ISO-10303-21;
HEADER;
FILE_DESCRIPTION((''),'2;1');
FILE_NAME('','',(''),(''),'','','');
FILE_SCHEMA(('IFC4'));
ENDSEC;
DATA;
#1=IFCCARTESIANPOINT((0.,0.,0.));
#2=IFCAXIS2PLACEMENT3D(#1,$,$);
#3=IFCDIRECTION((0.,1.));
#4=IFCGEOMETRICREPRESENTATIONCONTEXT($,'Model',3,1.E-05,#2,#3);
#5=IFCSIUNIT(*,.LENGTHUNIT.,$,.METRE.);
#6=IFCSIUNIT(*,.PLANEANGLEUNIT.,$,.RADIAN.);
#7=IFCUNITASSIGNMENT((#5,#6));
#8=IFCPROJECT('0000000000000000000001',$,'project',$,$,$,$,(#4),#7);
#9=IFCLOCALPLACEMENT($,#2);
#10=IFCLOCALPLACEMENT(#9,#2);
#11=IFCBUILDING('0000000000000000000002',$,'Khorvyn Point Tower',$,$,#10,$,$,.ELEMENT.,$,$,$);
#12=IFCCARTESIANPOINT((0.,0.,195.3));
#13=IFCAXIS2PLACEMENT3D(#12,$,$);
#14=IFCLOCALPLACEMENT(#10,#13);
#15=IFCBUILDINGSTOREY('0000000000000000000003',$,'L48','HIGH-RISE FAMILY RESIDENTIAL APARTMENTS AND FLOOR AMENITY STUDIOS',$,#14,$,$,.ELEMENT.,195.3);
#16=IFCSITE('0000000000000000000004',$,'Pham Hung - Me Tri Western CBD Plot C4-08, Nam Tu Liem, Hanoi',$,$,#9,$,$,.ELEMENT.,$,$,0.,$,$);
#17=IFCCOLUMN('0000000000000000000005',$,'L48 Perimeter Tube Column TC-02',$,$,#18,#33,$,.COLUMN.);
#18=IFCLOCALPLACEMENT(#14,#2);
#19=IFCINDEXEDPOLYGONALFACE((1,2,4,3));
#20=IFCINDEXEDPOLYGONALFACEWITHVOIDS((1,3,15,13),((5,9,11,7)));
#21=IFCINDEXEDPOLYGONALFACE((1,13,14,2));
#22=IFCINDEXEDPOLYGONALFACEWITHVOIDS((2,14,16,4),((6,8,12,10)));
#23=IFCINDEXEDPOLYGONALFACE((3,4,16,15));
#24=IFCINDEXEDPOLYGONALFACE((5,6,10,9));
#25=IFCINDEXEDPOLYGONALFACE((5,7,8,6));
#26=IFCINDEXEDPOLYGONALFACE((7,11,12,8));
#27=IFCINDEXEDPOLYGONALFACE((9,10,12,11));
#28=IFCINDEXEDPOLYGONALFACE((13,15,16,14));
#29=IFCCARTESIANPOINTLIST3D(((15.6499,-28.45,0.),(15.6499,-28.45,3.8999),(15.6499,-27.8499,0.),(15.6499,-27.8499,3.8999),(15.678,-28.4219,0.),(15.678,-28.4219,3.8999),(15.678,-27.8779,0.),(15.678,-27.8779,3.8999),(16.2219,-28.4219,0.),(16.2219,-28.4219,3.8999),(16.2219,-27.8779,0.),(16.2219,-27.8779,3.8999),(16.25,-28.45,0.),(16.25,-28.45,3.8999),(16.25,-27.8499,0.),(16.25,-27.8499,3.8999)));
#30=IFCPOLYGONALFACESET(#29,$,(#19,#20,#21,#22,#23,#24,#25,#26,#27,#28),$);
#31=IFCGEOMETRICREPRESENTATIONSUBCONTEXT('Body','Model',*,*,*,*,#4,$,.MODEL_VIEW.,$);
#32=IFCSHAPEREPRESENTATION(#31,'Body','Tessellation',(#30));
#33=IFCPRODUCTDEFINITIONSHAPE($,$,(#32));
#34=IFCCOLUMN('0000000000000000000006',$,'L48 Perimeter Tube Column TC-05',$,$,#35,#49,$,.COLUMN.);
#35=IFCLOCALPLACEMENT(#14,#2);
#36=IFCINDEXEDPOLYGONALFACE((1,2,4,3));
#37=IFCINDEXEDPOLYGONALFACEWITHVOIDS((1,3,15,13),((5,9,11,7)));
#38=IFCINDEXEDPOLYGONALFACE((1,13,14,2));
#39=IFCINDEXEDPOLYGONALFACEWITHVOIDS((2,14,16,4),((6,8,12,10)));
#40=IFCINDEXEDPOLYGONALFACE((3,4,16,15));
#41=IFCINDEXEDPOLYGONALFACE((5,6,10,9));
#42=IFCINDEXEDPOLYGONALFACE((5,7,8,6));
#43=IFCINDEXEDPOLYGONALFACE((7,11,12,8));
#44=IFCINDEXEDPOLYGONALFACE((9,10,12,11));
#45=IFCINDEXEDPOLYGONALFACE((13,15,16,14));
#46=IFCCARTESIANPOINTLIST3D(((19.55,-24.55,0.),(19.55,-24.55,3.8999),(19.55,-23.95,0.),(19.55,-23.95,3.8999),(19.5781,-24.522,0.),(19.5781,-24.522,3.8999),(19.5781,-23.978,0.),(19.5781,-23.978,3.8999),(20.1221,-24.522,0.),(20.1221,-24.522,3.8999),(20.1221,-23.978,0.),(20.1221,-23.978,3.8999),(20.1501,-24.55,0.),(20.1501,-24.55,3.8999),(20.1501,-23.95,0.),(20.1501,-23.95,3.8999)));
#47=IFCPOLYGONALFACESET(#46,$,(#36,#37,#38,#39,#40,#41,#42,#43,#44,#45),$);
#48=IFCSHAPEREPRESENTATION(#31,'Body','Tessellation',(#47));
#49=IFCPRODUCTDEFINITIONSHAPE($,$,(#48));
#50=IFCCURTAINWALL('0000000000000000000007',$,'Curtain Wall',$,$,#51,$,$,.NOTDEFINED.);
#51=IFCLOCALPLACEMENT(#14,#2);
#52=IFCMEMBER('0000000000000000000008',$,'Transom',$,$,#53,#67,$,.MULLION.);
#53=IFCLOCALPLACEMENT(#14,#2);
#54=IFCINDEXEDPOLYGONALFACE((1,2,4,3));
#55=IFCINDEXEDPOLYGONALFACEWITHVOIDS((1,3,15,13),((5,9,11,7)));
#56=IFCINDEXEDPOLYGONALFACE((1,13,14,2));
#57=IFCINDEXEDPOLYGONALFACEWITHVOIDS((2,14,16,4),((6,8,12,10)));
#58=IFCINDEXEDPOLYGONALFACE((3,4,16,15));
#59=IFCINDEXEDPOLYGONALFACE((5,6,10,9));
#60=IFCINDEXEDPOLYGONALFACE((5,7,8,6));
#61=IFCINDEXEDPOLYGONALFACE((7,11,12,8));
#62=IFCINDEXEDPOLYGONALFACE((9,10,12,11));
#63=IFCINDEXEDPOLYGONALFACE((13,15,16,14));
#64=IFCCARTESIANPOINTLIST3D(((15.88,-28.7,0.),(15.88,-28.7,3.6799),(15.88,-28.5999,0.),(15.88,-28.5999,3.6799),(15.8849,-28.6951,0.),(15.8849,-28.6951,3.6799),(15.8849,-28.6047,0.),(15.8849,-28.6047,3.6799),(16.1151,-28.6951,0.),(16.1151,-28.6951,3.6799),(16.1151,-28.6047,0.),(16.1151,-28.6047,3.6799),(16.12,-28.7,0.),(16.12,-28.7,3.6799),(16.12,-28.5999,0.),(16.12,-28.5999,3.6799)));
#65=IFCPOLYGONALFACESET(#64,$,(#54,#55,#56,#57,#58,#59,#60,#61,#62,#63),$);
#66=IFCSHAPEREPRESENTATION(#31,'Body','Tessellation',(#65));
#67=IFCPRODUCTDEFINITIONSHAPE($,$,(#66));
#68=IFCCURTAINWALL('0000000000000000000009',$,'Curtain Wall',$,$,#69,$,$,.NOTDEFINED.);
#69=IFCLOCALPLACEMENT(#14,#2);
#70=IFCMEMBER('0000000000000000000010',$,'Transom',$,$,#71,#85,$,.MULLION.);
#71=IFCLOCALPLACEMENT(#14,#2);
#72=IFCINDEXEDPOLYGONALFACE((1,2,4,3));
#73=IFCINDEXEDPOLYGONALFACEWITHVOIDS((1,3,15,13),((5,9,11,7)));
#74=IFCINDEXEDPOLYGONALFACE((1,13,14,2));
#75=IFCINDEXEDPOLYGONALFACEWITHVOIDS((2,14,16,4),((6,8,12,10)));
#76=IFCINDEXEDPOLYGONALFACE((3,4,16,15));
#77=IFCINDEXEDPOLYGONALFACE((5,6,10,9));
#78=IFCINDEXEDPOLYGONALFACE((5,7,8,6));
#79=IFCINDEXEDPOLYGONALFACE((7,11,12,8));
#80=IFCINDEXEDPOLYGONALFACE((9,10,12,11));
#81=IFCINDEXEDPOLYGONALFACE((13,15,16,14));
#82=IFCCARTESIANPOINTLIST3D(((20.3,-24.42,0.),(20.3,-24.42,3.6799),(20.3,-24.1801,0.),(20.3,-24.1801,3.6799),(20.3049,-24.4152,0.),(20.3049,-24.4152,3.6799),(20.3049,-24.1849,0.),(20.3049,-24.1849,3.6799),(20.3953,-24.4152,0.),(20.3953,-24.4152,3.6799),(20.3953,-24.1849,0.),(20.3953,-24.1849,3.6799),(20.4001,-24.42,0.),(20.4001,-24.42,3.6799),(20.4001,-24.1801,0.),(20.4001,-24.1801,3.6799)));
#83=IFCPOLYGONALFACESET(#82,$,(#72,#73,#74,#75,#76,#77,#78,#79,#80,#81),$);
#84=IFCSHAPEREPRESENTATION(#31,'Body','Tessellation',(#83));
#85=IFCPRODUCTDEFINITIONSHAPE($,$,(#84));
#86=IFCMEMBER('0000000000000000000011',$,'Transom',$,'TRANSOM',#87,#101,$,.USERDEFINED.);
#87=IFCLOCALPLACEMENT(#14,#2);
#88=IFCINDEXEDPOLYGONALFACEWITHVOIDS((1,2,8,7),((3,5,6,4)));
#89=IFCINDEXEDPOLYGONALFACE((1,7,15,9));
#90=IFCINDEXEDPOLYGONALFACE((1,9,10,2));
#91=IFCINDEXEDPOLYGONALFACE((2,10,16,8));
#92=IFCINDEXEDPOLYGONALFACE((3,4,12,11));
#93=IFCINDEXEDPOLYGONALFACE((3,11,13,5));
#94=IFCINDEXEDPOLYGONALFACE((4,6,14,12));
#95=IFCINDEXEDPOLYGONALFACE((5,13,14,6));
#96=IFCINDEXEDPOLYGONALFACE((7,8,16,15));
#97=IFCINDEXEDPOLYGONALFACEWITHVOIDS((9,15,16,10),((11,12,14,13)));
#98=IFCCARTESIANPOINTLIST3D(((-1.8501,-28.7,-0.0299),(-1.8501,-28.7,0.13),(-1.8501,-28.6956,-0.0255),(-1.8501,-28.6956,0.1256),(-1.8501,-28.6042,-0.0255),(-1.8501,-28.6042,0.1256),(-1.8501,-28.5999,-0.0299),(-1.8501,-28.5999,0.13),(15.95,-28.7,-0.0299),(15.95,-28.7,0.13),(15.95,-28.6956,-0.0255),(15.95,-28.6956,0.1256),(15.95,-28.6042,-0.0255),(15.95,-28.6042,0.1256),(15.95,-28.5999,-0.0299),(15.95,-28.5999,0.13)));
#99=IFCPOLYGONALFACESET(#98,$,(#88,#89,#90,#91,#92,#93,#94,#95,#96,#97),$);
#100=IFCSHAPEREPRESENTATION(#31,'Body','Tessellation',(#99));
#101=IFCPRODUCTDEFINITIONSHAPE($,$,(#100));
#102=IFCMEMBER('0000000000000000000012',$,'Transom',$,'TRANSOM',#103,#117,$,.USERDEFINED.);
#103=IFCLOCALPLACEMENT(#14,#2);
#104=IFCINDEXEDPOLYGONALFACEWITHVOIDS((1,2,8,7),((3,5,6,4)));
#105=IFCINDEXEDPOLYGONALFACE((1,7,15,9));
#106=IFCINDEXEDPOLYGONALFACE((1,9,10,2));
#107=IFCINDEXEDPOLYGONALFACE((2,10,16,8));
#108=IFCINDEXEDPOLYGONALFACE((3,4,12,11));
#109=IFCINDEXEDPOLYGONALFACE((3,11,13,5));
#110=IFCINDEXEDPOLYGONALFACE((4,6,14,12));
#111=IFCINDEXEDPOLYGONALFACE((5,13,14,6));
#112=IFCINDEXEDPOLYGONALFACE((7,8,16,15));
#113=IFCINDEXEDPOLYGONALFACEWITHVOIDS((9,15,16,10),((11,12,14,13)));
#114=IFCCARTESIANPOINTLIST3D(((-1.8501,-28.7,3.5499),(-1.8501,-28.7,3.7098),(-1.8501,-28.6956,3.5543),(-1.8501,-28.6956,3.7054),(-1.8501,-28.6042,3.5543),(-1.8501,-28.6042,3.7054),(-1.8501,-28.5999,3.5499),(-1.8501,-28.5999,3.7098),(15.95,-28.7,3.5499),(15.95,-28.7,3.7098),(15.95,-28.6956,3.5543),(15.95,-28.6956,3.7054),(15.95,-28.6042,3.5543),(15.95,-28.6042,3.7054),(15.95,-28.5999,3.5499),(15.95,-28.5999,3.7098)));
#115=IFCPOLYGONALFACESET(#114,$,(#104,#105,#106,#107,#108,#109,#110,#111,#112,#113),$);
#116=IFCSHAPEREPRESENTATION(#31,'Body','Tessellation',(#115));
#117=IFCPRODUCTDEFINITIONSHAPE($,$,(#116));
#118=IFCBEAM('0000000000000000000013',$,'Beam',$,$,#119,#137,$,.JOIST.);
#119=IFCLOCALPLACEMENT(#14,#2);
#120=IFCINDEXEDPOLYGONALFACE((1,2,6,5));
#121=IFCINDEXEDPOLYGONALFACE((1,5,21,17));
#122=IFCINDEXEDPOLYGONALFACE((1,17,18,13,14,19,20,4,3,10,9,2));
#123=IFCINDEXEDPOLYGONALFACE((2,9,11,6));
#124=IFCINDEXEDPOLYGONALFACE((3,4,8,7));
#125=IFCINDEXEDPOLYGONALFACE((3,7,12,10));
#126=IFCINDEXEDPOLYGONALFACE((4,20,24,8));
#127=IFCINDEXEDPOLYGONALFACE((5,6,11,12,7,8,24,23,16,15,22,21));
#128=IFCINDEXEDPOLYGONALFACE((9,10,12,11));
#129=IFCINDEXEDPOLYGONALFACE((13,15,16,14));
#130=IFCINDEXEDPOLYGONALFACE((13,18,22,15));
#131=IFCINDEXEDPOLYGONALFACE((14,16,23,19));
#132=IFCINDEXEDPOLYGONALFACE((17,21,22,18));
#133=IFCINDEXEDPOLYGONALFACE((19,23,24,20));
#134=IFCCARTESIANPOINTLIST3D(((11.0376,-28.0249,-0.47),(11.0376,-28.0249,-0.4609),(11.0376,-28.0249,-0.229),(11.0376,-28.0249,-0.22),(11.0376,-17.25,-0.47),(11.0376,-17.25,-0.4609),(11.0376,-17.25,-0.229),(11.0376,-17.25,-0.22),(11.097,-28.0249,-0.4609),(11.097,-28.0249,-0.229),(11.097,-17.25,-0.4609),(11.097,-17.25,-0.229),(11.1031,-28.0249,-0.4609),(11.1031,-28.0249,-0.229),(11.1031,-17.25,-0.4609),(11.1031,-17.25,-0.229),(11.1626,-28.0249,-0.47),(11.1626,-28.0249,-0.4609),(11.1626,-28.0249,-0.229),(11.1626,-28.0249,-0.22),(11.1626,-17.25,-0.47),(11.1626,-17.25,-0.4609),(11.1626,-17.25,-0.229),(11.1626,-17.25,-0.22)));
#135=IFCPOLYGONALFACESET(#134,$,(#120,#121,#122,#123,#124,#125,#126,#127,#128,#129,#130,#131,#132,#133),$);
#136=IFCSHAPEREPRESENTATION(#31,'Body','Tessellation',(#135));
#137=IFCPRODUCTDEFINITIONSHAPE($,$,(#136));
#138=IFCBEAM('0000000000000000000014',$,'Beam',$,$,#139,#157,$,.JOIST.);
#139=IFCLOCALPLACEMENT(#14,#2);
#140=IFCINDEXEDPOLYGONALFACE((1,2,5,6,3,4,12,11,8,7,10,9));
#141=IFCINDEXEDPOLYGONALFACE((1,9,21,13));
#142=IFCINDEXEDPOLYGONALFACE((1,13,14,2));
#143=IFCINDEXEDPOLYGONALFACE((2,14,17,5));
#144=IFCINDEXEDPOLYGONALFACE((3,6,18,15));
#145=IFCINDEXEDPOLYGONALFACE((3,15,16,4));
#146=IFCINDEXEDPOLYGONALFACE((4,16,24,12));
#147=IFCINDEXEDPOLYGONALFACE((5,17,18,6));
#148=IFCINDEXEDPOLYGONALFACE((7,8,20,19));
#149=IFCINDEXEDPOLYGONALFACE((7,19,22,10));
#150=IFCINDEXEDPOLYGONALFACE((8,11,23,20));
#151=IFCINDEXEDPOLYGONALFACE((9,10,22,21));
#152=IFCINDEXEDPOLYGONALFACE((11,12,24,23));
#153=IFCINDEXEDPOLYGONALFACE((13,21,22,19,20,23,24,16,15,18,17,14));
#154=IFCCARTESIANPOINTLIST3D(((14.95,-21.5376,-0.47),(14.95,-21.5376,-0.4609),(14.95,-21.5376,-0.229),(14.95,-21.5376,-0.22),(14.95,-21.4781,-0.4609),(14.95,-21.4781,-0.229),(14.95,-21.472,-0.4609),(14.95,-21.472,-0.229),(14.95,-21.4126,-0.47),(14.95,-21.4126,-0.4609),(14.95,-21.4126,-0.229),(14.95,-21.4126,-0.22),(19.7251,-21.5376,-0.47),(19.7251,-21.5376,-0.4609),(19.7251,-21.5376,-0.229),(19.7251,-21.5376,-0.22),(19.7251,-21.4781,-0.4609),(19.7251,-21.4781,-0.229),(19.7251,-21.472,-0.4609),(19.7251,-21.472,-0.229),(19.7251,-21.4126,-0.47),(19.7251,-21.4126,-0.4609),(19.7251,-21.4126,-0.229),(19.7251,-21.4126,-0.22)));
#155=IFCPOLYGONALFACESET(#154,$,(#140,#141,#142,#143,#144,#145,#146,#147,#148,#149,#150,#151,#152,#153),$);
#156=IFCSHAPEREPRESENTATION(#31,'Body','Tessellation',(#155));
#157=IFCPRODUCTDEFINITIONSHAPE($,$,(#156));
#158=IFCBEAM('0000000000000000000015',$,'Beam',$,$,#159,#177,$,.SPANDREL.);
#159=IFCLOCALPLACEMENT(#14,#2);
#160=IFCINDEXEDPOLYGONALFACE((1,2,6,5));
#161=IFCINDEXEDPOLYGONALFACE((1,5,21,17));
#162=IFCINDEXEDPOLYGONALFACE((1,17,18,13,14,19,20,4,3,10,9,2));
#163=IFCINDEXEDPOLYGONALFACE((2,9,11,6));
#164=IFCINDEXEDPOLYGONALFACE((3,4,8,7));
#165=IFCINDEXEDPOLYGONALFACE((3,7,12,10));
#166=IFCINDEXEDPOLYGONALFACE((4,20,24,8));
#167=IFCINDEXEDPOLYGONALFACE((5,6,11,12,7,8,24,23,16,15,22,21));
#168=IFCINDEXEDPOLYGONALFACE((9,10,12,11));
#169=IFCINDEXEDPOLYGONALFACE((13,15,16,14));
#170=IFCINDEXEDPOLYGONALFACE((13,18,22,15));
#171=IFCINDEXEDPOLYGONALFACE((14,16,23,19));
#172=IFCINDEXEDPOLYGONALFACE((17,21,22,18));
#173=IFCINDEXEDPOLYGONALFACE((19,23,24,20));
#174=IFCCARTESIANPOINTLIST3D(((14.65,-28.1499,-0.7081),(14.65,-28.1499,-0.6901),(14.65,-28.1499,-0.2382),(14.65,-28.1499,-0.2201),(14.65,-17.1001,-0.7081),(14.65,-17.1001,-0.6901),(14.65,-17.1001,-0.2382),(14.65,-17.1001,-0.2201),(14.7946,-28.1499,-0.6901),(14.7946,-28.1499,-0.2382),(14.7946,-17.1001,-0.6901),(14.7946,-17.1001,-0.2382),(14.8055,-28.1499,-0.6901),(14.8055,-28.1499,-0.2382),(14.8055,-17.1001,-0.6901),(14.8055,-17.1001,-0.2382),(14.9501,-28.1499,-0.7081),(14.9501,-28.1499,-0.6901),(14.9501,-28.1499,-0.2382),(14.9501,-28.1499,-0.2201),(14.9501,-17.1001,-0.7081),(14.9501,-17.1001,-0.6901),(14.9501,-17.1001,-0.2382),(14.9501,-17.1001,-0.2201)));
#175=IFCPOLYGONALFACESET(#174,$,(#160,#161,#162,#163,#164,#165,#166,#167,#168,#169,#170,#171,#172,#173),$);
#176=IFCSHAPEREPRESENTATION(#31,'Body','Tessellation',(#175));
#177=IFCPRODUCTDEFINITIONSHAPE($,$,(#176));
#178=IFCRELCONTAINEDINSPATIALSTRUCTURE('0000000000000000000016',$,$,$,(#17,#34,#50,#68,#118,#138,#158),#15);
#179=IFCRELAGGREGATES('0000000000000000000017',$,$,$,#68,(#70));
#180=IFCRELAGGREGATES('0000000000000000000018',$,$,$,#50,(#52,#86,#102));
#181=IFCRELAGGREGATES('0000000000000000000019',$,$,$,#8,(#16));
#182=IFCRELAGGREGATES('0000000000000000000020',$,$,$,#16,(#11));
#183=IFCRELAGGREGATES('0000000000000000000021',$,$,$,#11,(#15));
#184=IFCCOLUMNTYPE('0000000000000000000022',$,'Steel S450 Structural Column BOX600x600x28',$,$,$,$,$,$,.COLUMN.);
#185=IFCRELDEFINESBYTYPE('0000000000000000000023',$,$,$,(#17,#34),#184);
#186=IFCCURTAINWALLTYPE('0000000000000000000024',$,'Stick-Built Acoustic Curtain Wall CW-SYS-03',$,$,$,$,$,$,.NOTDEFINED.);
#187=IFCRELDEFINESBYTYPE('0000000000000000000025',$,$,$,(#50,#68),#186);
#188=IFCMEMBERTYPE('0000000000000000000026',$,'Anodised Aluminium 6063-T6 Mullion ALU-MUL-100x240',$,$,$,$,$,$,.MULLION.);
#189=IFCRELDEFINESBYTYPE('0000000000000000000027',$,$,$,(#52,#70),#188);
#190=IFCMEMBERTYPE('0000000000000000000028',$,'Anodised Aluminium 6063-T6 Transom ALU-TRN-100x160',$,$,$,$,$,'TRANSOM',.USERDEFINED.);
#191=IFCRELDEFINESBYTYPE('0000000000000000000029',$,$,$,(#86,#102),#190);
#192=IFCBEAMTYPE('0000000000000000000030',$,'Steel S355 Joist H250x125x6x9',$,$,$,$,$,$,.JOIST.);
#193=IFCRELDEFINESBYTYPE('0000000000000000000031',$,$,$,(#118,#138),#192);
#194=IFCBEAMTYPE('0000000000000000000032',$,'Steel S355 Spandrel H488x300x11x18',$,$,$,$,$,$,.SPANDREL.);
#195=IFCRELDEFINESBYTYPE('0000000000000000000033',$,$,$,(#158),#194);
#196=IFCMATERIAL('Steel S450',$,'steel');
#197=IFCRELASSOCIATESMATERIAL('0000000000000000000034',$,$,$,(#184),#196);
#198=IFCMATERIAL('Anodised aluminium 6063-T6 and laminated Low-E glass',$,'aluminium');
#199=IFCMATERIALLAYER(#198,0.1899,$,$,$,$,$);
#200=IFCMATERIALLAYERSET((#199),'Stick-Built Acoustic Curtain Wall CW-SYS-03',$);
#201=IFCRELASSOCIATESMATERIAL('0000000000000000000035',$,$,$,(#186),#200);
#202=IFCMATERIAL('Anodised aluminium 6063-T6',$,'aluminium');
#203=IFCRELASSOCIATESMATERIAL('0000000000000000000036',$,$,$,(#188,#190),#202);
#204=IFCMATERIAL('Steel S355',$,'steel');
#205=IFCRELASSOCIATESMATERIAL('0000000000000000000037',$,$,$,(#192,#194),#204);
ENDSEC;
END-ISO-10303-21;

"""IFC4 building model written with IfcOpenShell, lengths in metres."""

from ifc_helpers import new_model, si_unit, direction, frame, origin, origin_2d, place, context, subcontext, project, spatial, hollow_rectangle, i_section, extrude, material, layer, layer_set, material_profile, profile_set, type_object, element, aggregate, save


model = new_model("IFC4")

# Units and contexts
model_context = context("Model", 3, precision=1e-05, world=origin(), true_north=direction((0.0, 1.0)))
body_context = subcontext(model_context, "Body", "Model", "MODEL_VIEW")
ifc_project = project(units=[si_unit("LENGTHUNIT", "METRE"), si_unit("PLANEANGLEUNIT", "RADIAN")], contexts=[model_context])

# Site, building, storey
site_placement = place(None, origin())
site = spatial("IfcSite", under=ifc_project, at=site_placement, Name="Pham Hung - Me Tri Western CBD Plot C4-08, Nam Tu Liem, Hanoi", CompositionType="ELEMENT", RefElevation=0.0)
building_placement = place(site_placement, origin())
building = spatial("IfcBuilding", under=site, at=building_placement, Name="Khorvyn Point Tower", CompositionType="ELEMENT")
storey_placement = place(building_placement, frame((0.0, 0.0, 195.3)))
storey = spatial("IfcBuildingStorey", under=building, at=storey_placement, Name="L48", Description="HIGH-RISE FAMILY RESIDENTIAL APARTMENTS AND FLOOR AMENITY STUDIOS", CompositionType="ELEMENT", Elevation=195.3)

# Columns
ifc_material_1 = material(Name="Steel S450", Category="steel")
ifc_material_profile_1 = material_profile(ifc_material_1, hollow_rectangle(XDim=0.6001, YDim=0.6001, WallThickness=0.0281, at=origin_2d()))
ifc_profile_set_1 = profile_set([ifc_material_profile_1], Name="Steel S450 BOX600x600x28")
column_type = type_object("IfcColumnType", Name="Steel S450 Structural Column BOX600x600x28", PredefinedType="COLUMN", material=ifc_profile_set_1)
for number, where, z_axis, x_axis, name in (
    (1, (15.95, -28.1499, 0.0), (0.0, 0.0, 1.0), (1.0, 0.0, 0.0), "L48 Perimeter Tube Column TC-02"),
    (2, (19.8501, -24.25, 0.0), (0.0, 0.0, 1.0), (1.0, 0.0, 0.0), "L48 Perimeter Tube Column TC-05"),
):
    element("IfcColumn", number, at=place(storey_placement, frame(where, z_axis=z_axis, x_axis=x_axis)), inside=storey, type_object=column_type, Name=name, PredefinedType="COLUMN", context=body_context, shape_type="SweptSolid", body=[
        extrude(hollow_rectangle(XDim=0.6001, YDim=0.6001, WallThickness=0.0281, at=origin_2d()), origin(), (0.0, 0.0, 1.0), 3.8999),
    ])

# Curtain walls, members
ifc_material_2 = material(Name="Anodised aluminium 6063-T6 and laminated Low-E glass", Category="aluminium")
ifc_layer_1 = layer(ifc_material_2, 0.1899)
ifc_layer_set_1 = layer_set([ifc_layer_1], Name="Stick-Built Acoustic Curtain Wall CW-SYS-03")
curtain_wall_type = type_object("IfcCurtainWallType", Name="Stick-Built Acoustic Curtain Wall CW-SYS-03", PredefinedType="NOTDEFINED", material=ifc_layer_set_1)
curtain_wall_1_placement = place(storey_placement, origin())
curtain_wall_1 = element("IfcCurtainWall", 3, at=curtain_wall_1_placement, inside=storey, type_object=curtain_wall_type, Name="Curtain Wall", PredefinedType="NOTDEFINED")
ifc_material_3 = material(Name="Anodised aluminium 6063-T6", Category="aluminium")
ifc_material_profile_2 = material_profile(ifc_material_3, hollow_rectangle(XDim=0.1001, YDim=0.24, WallThickness=0.0049, at=origin_2d()))
ifc_profile_set_2 = profile_set([ifc_material_profile_2], Name="Anodised aluminium 6063-T6 ALU-MUL-100x240")
member_type_1 = type_object("IfcMemberType", Name="Anodised Aluminium 6063-T6 Mullion ALU-MUL-100x240", PredefinedType="MULLION", material=ifc_profile_set_2)
member_1_placement = place(storey_placement, frame((16.0, -28.6499, 0.0), z_axis=(0.0, 0.0, 1.0), x_axis=(0.0, -1.0, 0.0)))
member_1 = element("IfcMember", 4, at=member_1_placement, type_object=member_type_1, Name="Transom", PredefinedType="MULLION", context=body_context, shape_type="SweptSolid", body=[
    extrude(hollow_rectangle(XDim=0.1001, YDim=0.24, WallThickness=0.0049, at=origin_2d()), origin(), (0.0, 0.0, 1.0), 3.6799),
])
curtain_wall_2_placement = place(storey_placement, origin())
curtain_wall_2 = element("IfcCurtainWall", 5, at=curtain_wall_2_placement, inside=storey, type_object=curtain_wall_type, Name="Curtain Wall", PredefinedType="NOTDEFINED")
member_2_placement = place(storey_placement, frame((20.3501, -24.3, 0.0), z_axis=(0.0, 0.0, 1.0), x_axis=(1.0, 0.0, 0.0)))
member_2 = element("IfcMember", 6, at=member_2_placement, type_object=member_type_1, Name="Transom", PredefinedType="MULLION", context=body_context, shape_type="SweptSolid", body=[
    extrude(hollow_rectangle(XDim=0.1001, YDim=0.24, WallThickness=0.0049, at=origin_2d()), origin(), (0.0, 0.0, 1.0), 3.6799),
])
aggregate(curtain_wall_2, [member_2])

# Members
ifc_material_profile_3 = material_profile(ifc_material_3, hollow_rectangle(XDim=0.1001, YDim=0.1599, WallThickness=0.0044, at=origin_2d()))
ifc_profile_set_3 = profile_set([ifc_material_profile_3], Name="Anodised aluminium 6063-T6 ALU-TRN-100x160")
member_type_2 = type_object("IfcMemberType", Name="Anodised Aluminium 6063-T6 Transom ALU-TRN-100x160", ElementType="TRANSOM", PredefinedType="USERDEFINED", material=ifc_profile_set_3)
member_3_placement = place(storey_placement, frame((15.95, -28.6499, 0.05), z_axis=(-1.0, 0.0, 0.0), x_axis=(0.0, -1.0, 0.0)))
member_3 = element("IfcMember", 7, at=member_3_placement, type_object=member_type_2, Name="Transom", ObjectType="TRANSOM", PredefinedType="USERDEFINED", context=body_context, shape_type="SweptSolid", body=[
    extrude(hollow_rectangle(XDim=0.1001, YDim=0.1599, WallThickness=0.0044, at=origin_2d()), origin(), (0.0, 0.0, 1.0), 17.8),
])
member_4_placement = place(storey_placement, frame((15.95, -28.6499, 3.6299), z_axis=(-1.0, 0.0, 0.0), x_axis=(0.0, -1.0, 0.0)))
member_4 = element("IfcMember", 8, at=member_4_placement, type_object=member_type_2, Name="Transom", ObjectType="TRANSOM", PredefinedType="USERDEFINED", context=body_context, shape_type="SweptSolid", body=[
    extrude(hollow_rectangle(XDim=0.1001, YDim=0.1599, WallThickness=0.0044, at=origin_2d()), origin(), (0.0, 0.0, 1.0), 17.8),
])

# Beams
ifc_material_4 = material(Name="Steel S355", Category="steel")
ifc_material_profile_4 = material_profile(ifc_material_4, i_section(OverallWidth=0.125, OverallDepth=0.25, WebThickness=0.0061, FlangeThickness=0.009, at=origin_2d()))
ifc_profile_set_4 = profile_set([ifc_material_profile_4], Name="Steel S355 H250x125x6x9")
beam_type_1 = type_object("IfcBeamType", Name="Steel S355 Joist H250x125x6x9", PredefinedType="JOIST", material=ifc_profile_set_4)
beam_1_placement = place(storey_placement, frame((11.1001, -28.0249, -0.345), z_axis=(0.0, 1.0, 0.0), x_axis=(-1.0, 0.0, 0.0)))
element("IfcBeam", 9, at=beam_1_placement, inside=storey, type_object=beam_type_1, Name="Beam", PredefinedType="JOIST", context=body_context, shape_type="SweptSolid", body=[
    extrude(i_section(OverallWidth=0.125, OverallDepth=0.25, WebThickness=0.0061, FlangeThickness=0.009, at=origin_2d()), origin(), (0.0, 0.0, 1.0), 10.7749),
])
beam_2_placement = place(storey_placement, frame((14.95, -21.4751, -0.345), z_axis=(1.0, 0.0, 0.0), x_axis=(0.0, 1.0, 0.0)))
element("IfcBeam", 10, at=beam_2_placement, inside=storey, type_object=beam_type_1, Name="Beam", PredefinedType="JOIST", context=body_context, shape_type="SweptSolid", body=[
    extrude(i_section(OverallWidth=0.125, OverallDepth=0.25, WebThickness=0.0061, FlangeThickness=0.009, at=origin_2d()), origin(), (0.0, 0.0, 1.0), 4.7751),
])
ifc_material_profile_5 = material_profile(ifc_material_4, i_section(OverallWidth=0.3, OverallDepth=0.488, WebThickness=0.011, FlangeThickness=0.0181, at=origin_2d()))
ifc_profile_set_5 = profile_set([ifc_material_profile_5], Name="Steel S355 H488x300x11x18")
beam_type_2 = type_object("IfcBeamType", Name="Steel S355 Spandrel H488x300x11x18", PredefinedType="SPANDREL", material=ifc_profile_set_5)
beam_3_placement = place(storey_placement, frame((14.8, -28.1499, -0.4641), z_axis=(0.0, 1.0, 0.0), x_axis=(-1.0, 0.0, 0.0)))
element("IfcBeam", 11, at=beam_3_placement, inside=storey, type_object=beam_type_2, Name="Beam", PredefinedType="SPANDREL", context=body_context, shape_type="SweptSolid", body=[
    extrude(i_section(OverallWidth=0.3, OverallDepth=0.488, WebThickness=0.011, FlangeThickness=0.0181, at=origin_2d()), origin(), (0.0, 0.0, 1.0), 11.0498),
])

aggregate(curtain_wall_1, [member_1, member_3, member_4])

save(model, "model.ifc")
